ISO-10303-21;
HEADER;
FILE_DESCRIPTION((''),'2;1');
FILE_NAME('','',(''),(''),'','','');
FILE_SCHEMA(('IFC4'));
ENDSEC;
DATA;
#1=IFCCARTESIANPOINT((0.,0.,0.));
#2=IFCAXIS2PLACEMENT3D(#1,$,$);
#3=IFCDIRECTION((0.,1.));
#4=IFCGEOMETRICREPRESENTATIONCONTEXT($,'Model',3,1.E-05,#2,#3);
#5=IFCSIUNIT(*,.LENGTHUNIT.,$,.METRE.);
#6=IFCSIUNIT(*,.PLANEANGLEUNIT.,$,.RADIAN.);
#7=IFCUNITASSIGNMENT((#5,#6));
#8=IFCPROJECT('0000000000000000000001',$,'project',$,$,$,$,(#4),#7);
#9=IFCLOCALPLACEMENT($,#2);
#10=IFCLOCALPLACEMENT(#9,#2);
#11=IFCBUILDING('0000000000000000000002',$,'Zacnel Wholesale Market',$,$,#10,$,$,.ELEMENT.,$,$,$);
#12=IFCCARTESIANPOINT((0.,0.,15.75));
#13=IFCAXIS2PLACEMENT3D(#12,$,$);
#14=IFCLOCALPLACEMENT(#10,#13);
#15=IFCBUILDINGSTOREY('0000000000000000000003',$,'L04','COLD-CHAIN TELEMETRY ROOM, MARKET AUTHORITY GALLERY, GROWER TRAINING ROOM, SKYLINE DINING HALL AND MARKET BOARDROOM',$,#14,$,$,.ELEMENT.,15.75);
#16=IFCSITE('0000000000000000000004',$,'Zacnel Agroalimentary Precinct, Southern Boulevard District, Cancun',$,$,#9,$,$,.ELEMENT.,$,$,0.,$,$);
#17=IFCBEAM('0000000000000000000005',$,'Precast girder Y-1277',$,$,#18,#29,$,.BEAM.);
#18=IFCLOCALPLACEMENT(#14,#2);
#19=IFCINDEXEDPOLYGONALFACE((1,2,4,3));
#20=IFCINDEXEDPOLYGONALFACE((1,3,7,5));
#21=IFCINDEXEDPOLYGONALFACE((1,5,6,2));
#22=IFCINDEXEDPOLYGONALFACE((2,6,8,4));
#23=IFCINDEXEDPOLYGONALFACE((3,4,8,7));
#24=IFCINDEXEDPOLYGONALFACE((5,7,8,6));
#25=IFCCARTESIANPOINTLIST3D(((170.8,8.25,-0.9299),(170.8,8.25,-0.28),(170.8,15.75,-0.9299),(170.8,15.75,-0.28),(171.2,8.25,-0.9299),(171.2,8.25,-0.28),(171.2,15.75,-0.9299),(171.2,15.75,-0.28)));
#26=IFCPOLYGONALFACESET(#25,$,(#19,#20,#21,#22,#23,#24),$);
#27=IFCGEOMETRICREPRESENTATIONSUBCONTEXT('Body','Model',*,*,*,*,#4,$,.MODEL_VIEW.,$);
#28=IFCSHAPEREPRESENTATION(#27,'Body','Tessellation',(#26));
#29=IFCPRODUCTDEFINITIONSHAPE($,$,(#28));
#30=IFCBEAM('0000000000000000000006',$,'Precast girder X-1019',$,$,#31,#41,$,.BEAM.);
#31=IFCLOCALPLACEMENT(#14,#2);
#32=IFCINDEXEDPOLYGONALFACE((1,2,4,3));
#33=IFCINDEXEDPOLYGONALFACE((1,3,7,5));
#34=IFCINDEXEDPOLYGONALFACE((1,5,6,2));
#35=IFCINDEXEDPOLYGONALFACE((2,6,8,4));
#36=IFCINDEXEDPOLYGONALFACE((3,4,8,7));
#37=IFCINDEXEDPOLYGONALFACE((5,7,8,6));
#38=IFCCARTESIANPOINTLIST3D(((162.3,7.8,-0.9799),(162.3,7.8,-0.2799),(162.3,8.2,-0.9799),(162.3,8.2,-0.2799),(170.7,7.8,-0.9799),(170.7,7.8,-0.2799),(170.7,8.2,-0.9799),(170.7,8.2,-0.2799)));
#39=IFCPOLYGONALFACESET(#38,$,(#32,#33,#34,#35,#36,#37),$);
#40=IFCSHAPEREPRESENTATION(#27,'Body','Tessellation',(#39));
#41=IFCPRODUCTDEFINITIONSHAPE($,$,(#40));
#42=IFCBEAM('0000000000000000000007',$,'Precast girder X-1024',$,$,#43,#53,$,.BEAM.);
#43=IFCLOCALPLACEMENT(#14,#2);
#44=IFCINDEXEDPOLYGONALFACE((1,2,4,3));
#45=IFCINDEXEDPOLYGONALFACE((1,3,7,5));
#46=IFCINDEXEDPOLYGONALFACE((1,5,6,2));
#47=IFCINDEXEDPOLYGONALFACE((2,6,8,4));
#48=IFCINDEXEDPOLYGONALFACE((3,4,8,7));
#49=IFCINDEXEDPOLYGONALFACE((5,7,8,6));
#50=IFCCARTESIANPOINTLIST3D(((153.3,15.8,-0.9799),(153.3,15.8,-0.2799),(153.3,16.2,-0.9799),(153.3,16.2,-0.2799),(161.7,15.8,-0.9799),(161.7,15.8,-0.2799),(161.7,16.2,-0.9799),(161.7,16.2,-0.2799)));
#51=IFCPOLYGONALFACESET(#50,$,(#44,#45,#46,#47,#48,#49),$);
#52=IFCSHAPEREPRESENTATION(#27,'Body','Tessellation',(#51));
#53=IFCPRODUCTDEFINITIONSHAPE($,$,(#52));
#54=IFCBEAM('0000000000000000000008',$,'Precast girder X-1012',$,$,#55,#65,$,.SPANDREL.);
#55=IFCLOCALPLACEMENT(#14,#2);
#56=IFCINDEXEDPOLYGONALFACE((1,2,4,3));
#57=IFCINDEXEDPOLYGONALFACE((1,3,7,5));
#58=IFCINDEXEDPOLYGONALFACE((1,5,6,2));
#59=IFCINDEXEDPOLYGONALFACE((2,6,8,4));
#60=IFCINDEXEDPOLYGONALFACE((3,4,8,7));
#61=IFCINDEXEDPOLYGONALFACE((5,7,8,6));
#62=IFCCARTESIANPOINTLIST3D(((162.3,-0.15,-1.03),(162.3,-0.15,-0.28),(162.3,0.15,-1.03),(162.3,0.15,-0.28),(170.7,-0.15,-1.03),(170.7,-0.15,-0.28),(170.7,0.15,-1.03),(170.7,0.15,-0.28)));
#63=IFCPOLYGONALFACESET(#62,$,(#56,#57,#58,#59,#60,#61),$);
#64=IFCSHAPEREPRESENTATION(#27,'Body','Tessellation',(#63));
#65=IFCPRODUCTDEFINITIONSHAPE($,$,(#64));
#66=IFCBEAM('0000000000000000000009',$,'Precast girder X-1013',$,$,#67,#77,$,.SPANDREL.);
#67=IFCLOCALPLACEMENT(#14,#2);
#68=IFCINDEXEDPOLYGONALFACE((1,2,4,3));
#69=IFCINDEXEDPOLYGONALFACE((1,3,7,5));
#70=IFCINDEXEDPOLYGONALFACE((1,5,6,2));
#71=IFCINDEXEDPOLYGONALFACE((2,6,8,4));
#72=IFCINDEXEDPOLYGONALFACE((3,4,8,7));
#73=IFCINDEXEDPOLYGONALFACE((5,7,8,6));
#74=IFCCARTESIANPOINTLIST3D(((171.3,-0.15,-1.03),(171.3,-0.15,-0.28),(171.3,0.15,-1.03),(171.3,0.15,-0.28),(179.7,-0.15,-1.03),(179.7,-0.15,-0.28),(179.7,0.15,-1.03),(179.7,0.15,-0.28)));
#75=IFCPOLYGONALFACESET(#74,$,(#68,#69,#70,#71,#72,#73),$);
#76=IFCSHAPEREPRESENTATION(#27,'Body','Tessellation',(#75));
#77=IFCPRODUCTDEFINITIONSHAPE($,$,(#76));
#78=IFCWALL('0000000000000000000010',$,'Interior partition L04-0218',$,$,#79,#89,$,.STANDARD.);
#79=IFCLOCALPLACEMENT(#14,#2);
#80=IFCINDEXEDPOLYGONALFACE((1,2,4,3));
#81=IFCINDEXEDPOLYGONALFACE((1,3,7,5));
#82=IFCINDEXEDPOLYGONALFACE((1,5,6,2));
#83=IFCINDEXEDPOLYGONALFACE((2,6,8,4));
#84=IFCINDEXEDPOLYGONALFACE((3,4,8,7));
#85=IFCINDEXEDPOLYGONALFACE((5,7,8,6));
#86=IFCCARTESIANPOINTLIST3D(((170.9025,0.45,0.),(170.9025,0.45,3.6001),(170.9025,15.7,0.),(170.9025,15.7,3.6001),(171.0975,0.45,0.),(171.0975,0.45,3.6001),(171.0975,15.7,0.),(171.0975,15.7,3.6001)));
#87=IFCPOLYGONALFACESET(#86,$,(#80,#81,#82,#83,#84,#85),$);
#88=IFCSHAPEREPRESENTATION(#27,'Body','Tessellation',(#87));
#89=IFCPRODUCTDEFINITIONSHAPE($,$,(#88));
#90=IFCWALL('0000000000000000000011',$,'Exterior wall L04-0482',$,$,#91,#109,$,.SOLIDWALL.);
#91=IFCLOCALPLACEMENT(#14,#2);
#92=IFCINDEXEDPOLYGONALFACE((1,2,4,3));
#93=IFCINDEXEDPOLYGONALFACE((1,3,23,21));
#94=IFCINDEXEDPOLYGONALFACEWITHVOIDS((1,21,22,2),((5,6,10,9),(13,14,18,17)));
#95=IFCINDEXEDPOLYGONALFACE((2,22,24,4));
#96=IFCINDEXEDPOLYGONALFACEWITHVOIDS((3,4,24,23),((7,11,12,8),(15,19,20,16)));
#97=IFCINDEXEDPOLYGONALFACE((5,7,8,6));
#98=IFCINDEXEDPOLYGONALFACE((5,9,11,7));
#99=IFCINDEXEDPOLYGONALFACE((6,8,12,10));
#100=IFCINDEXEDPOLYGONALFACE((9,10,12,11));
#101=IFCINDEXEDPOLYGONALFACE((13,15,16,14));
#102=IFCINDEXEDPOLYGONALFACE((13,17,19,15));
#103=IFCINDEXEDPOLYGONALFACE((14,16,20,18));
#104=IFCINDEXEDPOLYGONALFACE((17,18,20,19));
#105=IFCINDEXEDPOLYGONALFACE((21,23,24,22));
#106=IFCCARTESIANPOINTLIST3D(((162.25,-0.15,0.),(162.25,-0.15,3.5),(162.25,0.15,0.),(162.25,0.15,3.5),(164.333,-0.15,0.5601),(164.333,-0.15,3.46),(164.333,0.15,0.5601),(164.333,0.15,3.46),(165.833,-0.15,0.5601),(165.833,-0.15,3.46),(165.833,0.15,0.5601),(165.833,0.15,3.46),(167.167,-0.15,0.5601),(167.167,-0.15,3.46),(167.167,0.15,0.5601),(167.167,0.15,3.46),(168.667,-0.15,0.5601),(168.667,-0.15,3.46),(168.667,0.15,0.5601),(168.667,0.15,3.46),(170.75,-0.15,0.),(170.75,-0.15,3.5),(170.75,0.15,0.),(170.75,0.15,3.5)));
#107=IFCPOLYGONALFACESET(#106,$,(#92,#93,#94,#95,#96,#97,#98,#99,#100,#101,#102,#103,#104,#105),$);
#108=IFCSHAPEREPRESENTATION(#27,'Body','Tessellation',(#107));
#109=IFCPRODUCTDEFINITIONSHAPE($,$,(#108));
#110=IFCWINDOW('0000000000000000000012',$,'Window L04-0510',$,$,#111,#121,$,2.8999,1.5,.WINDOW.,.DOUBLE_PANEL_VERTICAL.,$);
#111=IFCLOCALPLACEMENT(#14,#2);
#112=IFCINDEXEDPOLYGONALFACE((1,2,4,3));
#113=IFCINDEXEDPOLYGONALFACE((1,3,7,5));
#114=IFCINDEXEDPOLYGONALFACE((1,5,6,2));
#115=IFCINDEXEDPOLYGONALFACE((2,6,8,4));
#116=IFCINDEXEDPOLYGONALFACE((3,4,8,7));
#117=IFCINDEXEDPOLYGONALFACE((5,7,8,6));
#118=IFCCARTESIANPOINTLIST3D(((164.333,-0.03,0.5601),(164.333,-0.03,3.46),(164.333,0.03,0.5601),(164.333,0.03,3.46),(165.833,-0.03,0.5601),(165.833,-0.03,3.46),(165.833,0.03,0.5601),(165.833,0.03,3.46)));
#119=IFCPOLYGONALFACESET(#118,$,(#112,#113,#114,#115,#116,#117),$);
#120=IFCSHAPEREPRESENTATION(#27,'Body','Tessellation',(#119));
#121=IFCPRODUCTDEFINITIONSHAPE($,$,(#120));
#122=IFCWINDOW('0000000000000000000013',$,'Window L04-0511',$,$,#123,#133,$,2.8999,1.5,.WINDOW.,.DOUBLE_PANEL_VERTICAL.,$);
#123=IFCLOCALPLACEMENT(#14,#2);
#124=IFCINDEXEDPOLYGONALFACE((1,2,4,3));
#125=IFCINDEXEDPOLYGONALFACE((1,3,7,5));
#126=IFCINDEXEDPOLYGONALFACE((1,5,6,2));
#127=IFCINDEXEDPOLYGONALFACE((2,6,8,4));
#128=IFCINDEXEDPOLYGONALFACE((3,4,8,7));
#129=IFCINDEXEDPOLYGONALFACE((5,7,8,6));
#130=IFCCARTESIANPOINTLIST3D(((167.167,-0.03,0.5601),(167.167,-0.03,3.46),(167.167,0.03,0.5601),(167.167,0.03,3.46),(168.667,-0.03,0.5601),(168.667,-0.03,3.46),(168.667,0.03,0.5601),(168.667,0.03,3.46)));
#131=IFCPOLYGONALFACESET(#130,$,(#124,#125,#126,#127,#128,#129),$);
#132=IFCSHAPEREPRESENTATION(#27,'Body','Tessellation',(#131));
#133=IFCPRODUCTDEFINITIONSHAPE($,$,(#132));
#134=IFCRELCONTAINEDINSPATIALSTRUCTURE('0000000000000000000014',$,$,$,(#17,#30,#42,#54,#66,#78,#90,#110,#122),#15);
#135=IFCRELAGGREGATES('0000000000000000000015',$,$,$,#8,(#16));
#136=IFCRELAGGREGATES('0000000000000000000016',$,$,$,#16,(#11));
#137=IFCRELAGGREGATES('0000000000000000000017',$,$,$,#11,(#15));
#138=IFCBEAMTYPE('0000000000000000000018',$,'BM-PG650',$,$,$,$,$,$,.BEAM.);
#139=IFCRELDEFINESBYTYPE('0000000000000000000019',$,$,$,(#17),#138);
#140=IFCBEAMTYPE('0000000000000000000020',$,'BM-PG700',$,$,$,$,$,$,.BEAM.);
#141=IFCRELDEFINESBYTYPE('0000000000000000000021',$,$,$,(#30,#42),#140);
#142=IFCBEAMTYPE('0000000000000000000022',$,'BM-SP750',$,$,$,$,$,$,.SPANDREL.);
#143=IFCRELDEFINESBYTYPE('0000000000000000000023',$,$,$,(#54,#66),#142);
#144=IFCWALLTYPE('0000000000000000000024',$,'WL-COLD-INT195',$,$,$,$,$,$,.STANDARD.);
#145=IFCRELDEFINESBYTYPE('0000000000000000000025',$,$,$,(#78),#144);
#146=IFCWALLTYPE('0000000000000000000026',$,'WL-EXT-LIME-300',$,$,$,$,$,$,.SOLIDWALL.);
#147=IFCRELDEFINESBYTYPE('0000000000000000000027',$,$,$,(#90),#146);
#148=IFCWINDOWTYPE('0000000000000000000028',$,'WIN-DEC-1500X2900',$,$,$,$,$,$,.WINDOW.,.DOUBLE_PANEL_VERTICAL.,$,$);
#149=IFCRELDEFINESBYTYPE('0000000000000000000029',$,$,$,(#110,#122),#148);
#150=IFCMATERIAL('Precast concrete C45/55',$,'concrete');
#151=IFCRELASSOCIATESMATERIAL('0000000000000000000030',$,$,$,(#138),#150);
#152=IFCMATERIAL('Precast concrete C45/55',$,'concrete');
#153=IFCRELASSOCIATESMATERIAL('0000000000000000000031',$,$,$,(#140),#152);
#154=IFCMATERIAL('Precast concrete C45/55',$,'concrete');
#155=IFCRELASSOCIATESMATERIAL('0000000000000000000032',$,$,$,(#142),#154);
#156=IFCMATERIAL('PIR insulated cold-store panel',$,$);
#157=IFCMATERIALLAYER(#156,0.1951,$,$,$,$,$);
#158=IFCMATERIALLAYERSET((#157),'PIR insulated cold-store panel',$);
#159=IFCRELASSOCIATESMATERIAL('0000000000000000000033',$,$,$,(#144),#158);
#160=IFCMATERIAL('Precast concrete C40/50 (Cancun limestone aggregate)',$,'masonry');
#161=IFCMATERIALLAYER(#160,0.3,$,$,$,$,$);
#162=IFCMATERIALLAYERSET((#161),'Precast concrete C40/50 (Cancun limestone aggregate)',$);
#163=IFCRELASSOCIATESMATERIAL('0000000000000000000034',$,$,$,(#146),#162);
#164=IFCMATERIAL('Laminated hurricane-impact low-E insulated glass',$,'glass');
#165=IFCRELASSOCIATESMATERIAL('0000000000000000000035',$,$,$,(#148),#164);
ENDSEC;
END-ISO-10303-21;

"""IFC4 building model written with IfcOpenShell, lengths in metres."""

from ifc_helpers import new_model, si_unit, direction, frame, frame_2d, origin, origin_2d, place, context, subcontext, project, spatial, rectangle, extrude, material, layer, layer_set, material_profile, profile_set, type_object, element, fill, save


model = new_model("IFC4")

# Units and contexts
model_context = context("Model", 3, precision=1e-05, world=origin(), true_north=direction((0.0, 1.0)))
body_context = subcontext(model_context, "Body", "Model", "MODEL_VIEW")
ifc_project = project(units=[si_unit("LENGTHUNIT", "METRE"), si_unit("PLANEANGLEUNIT", "RADIAN")], contexts=[model_context])

# Site, building, storey
site_placement = place(None, origin())
site = spatial("IfcSite", under=ifc_project, at=site_placement, Name="Zacnel Agroalimentary Precinct, Southern Boulevard District, Cancun", CompositionType="ELEMENT", RefElevation=0.0)
building_placement = place(site_placement, origin())
building = spatial("IfcBuilding", under=site, at=building_placement, Name="Zacnel Wholesale Market", CompositionType="ELEMENT")
storey_placement = place(building_placement, frame((0.0, 0.0, 15.75)))
storey = spatial("IfcBuildingStorey", under=building, at=storey_placement, Name="L04", Description="COLD-CHAIN TELEMETRY ROOM, MARKET AUTHORITY GALLERY, GROWER TRAINING ROOM, SKYLINE DINING HALL AND MARKET BOARDROOM", CompositionType="ELEMENT", Elevation=15.75)

# Beams
ifc_material_1 = material(Name="Precast concrete C45/55", Category="concrete")
ifc_material_profile_1 = material_profile(ifc_material_1, rectangle(XDim=0.3999, YDim=0.6499, at=origin_2d()), Name="PG 400x650")
ifc_profile_set_1 = profile_set([ifc_material_profile_1], Name="Precast concrete C45/55")
beam_type_1 = type_object("IfcBeamType", Name="BM-PG650", PredefinedType="BEAM", material=ifc_profile_set_1)
for number, where, z_axis, x_axis, name in (
    (1, (171.0, 8.25, -0.605), (0.0, 1.0, 0.0), (-1.0, 0.0, 0.0), "Precast girder Y-1277"),
):
    element("IfcBeam", number, at=place(storey_placement, frame(where, z_axis=z_axis, x_axis=x_axis)), inside=storey, type_object=beam_type_1, Name=name, PredefinedType="BEAM", context=body_context, shape_type="SweptSolid", body=[
        extrude(rectangle(XDim=0.3999, YDim=0.6499, at=origin_2d()), origin(), (0.0, 0.0, 1.0), 7.5),
    ])
ifc_material_2 = material(Name="Precast concrete C45/55", Category="concrete")
ifc_material_profile_2 = material_profile(ifc_material_2, rectangle(XDim=0.3999, YDim=0.7, at=origin_2d()), Name="PG 400x700")
ifc_profile_set_2 = profile_set([ifc_material_profile_2], Name="Precast concrete C45/55")
beam_type_2 = type_object("IfcBeamType", Name="BM-PG700", PredefinedType="BEAM", material=ifc_profile_set_2)
for number, where, z_axis, x_axis, name in (
    (2, (162.3, 8.0, -0.6299), (1.0, 0.0, 0.0), (0.0, 1.0, 0.0), "Precast girder X-1019"),
    (3, (153.3, 16.0, -0.6299), (1.0, 0.0, 0.0), (0.0, 1.0, 0.0), "Precast girder X-1024"),
):
    element("IfcBeam", number, at=place(storey_placement, frame(where, z_axis=z_axis, x_axis=x_axis)), inside=storey, type_object=beam_type_2, Name=name, PredefinedType="BEAM", context=body_context, shape_type="SweptSolid", body=[
        extrude(rectangle(XDim=0.3999, YDim=0.7, at=origin_2d()), origin(), (0.0, 0.0, 1.0), 8.3999),
    ])
ifc_material_3 = material(Name="Precast concrete C45/55", Category="concrete")
ifc_material_profile_3 = material_profile(ifc_material_3, rectangle(XDim=0.3, YDim=0.75, at=origin_2d()), Name="SP 300x750")
ifc_profile_set_3 = profile_set([ifc_material_profile_3], Name="Precast concrete C45/55")
beam_type_3 = type_object("IfcBeamType", Name="BM-SP750", PredefinedType="SPANDREL", material=ifc_profile_set_3)
for number, where, z_axis, x_axis, name in (
    (4, (162.3, 0.0, -0.655), (1.0, 0.0, 0.0), (0.0, 1.0, 0.0), "Precast girder X-1012"),
    (5, (171.3, 0.0, -0.655), (1.0, 0.0, 0.0), (0.0, 1.0, 0.0), "Precast girder X-1013"),
):
    element("IfcBeam", number, at=place(storey_placement, frame(where, z_axis=z_axis, x_axis=x_axis)), inside=storey, type_object=beam_type_3, Name=name, PredefinedType="SPANDREL", context=body_context, shape_type="SweptSolid", body=[
        extrude(rectangle(XDim=0.3, YDim=0.75, at=origin_2d()), origin(), (0.0, 0.0, 1.0), 8.3999),
    ])

# Wall
ifc_material_4 = material(Name="PIR insulated cold-store panel")
ifc_layer_1 = layer(ifc_material_4, 0.1951)
ifc_layer_set_1 = layer_set([ifc_layer_1], Name="PIR insulated cold-store panel")
wall_type_1 = type_object("IfcWallType", Name="WL-COLD-INT195", PredefinedType="STANDARD", material=ifc_layer_set_1)
wall_1_placement = place(storey_placement, frame((171.0, 0.45, 0.0), z_axis=(0.0, 0.0, 1.0), x_axis=(0.0, 1.0, 0.0)))
element("IfcWall", 6, at=wall_1_placement, inside=storey, type_object=wall_type_1, Name="Interior partition L04-0218", PredefinedType="STANDARD", context=body_context, shape_type="SweptSolid", body=[
    extrude(rectangle(XDim=15.25, YDim=0.1951, at=frame_2d((7.625, 0.0))), origin(), (0.0, 0.0, 1.0), 3.6001),
])

# Wall, openings, windows
ifc_material_5 = material(Name="Precast concrete C40/50 (Cancun limestone aggregate)", Category="masonry")
ifc_layer_2 = layer(ifc_material_5, 0.3)
ifc_layer_set_2 = layer_set([ifc_layer_2], Name="Precast concrete C40/50 (Cancun limestone aggregate)")
wall_type_2 = type_object("IfcWallType", Name="WL-EXT-LIME-300", PredefinedType="SOLIDWALL", material=ifc_layer_set_2)
wall_2_placement = place(storey_placement, frame((162.25, 0.0, 0.0), z_axis=(0.0, 0.0, 1.0), x_axis=(1.0, 0.0, 0.0)))
wall_2 = element("IfcWall", 7, at=wall_2_placement, inside=storey, type_object=wall_type_2, Name="Exterior wall L04-0482", PredefinedType="SOLIDWALL", context=body_context, shape_type="SweptSolid", body=[
    extrude(rectangle(XDim=8.5, YDim=0.3, at=frame_2d((4.25, 0.0))), origin(), (0.0, 0.0, 1.0), 3.5),
])
opening_1_placement = place(wall_2_placement, frame((2.083, 0.0, 0.5601)))
opening_1 = element("IfcOpeningElement", 8, at=opening_1_placement, cuts=wall_2, PredefinedType="OPENING", context=body_context, shape_type="SweptSolid", body=[
    extrude(rectangle(XDim=1.5, YDim=2.8999, at=frame_2d((0.75, 1.45))), frame((0.0, 0.1599, 0.0), z_axis=(0.0, -1.0, 0.0), x_axis=(1.0, 0.0, 0.0)), (0.0, 0.0, 1.0), 0.3201),
])
opening_2_placement = place(wall_2_placement, frame((4.917, 0.0, 0.5601)))
opening_2 = element("IfcOpeningElement", 9, at=opening_2_placement, cuts=wall_2, PredefinedType="OPENING", context=body_context, shape_type="SweptSolid", body=[
    extrude(rectangle(XDim=1.5, YDim=2.8999, at=frame_2d((0.75, 1.45))), frame((0.0, 0.1599, 0.0), z_axis=(0.0, -1.0, 0.0), x_axis=(1.0, 0.0, 0.0)), (0.0, 0.0, 1.0), 0.3201),
])
ifc_material_6 = material(Name="Laminated hurricane-impact low-E insulated glass", Category="glass")
window_type_1 = type_object("IfcWindowType", Name="WIN-DEC-1500X2900", PartitioningType="DOUBLE_PANEL_VERTICAL", PredefinedType="WINDOW", material=ifc_material_6)
window_1_placement = place(opening_1_placement, origin())
window_1 = element("IfcWindow", 10, at=window_1_placement, inside=storey, type_object=window_type_1, Name="Window L04-0510", OverallHeight=2.8999, OverallWidth=1.5, PartitioningType="DOUBLE_PANEL_VERTICAL", PredefinedType="WINDOW", context=body_context, shape_type="SweptSolid", body=[
    extrude(rectangle(XDim=1.5, YDim=2.8999, at=frame_2d((0.75, 1.45))), frame((0.0, 0.03, 0.0), z_axis=(0.0, -1.0, 0.0), x_axis=(1.0, 0.0, 0.0)), (0.0, 0.0, 1.0), 0.0601),
])
fill(opening_1, window_1)
window_2_placement = place(opening_2_placement, origin())
window_2 = element("IfcWindow", 11, at=window_2_placement, inside=storey, type_object=window_type_1, Name="Window L04-0511", OverallHeight=2.8999, OverallWidth=1.5, PartitioningType="DOUBLE_PANEL_VERTICAL", PredefinedType="WINDOW", context=body_context, shape_type="SweptSolid", body=[
    extrude(rectangle(XDim=1.5, YDim=2.8999, at=frame_2d((0.75, 1.45))), frame((0.0, 0.03, 0.0), z_axis=(0.0, -1.0, 0.0), x_axis=(1.0, 0.0, 0.0)), (0.0, 0.0, 1.0), 0.0601),
])
fill(opening_2, window_2)

save(model, "model.ifc")
